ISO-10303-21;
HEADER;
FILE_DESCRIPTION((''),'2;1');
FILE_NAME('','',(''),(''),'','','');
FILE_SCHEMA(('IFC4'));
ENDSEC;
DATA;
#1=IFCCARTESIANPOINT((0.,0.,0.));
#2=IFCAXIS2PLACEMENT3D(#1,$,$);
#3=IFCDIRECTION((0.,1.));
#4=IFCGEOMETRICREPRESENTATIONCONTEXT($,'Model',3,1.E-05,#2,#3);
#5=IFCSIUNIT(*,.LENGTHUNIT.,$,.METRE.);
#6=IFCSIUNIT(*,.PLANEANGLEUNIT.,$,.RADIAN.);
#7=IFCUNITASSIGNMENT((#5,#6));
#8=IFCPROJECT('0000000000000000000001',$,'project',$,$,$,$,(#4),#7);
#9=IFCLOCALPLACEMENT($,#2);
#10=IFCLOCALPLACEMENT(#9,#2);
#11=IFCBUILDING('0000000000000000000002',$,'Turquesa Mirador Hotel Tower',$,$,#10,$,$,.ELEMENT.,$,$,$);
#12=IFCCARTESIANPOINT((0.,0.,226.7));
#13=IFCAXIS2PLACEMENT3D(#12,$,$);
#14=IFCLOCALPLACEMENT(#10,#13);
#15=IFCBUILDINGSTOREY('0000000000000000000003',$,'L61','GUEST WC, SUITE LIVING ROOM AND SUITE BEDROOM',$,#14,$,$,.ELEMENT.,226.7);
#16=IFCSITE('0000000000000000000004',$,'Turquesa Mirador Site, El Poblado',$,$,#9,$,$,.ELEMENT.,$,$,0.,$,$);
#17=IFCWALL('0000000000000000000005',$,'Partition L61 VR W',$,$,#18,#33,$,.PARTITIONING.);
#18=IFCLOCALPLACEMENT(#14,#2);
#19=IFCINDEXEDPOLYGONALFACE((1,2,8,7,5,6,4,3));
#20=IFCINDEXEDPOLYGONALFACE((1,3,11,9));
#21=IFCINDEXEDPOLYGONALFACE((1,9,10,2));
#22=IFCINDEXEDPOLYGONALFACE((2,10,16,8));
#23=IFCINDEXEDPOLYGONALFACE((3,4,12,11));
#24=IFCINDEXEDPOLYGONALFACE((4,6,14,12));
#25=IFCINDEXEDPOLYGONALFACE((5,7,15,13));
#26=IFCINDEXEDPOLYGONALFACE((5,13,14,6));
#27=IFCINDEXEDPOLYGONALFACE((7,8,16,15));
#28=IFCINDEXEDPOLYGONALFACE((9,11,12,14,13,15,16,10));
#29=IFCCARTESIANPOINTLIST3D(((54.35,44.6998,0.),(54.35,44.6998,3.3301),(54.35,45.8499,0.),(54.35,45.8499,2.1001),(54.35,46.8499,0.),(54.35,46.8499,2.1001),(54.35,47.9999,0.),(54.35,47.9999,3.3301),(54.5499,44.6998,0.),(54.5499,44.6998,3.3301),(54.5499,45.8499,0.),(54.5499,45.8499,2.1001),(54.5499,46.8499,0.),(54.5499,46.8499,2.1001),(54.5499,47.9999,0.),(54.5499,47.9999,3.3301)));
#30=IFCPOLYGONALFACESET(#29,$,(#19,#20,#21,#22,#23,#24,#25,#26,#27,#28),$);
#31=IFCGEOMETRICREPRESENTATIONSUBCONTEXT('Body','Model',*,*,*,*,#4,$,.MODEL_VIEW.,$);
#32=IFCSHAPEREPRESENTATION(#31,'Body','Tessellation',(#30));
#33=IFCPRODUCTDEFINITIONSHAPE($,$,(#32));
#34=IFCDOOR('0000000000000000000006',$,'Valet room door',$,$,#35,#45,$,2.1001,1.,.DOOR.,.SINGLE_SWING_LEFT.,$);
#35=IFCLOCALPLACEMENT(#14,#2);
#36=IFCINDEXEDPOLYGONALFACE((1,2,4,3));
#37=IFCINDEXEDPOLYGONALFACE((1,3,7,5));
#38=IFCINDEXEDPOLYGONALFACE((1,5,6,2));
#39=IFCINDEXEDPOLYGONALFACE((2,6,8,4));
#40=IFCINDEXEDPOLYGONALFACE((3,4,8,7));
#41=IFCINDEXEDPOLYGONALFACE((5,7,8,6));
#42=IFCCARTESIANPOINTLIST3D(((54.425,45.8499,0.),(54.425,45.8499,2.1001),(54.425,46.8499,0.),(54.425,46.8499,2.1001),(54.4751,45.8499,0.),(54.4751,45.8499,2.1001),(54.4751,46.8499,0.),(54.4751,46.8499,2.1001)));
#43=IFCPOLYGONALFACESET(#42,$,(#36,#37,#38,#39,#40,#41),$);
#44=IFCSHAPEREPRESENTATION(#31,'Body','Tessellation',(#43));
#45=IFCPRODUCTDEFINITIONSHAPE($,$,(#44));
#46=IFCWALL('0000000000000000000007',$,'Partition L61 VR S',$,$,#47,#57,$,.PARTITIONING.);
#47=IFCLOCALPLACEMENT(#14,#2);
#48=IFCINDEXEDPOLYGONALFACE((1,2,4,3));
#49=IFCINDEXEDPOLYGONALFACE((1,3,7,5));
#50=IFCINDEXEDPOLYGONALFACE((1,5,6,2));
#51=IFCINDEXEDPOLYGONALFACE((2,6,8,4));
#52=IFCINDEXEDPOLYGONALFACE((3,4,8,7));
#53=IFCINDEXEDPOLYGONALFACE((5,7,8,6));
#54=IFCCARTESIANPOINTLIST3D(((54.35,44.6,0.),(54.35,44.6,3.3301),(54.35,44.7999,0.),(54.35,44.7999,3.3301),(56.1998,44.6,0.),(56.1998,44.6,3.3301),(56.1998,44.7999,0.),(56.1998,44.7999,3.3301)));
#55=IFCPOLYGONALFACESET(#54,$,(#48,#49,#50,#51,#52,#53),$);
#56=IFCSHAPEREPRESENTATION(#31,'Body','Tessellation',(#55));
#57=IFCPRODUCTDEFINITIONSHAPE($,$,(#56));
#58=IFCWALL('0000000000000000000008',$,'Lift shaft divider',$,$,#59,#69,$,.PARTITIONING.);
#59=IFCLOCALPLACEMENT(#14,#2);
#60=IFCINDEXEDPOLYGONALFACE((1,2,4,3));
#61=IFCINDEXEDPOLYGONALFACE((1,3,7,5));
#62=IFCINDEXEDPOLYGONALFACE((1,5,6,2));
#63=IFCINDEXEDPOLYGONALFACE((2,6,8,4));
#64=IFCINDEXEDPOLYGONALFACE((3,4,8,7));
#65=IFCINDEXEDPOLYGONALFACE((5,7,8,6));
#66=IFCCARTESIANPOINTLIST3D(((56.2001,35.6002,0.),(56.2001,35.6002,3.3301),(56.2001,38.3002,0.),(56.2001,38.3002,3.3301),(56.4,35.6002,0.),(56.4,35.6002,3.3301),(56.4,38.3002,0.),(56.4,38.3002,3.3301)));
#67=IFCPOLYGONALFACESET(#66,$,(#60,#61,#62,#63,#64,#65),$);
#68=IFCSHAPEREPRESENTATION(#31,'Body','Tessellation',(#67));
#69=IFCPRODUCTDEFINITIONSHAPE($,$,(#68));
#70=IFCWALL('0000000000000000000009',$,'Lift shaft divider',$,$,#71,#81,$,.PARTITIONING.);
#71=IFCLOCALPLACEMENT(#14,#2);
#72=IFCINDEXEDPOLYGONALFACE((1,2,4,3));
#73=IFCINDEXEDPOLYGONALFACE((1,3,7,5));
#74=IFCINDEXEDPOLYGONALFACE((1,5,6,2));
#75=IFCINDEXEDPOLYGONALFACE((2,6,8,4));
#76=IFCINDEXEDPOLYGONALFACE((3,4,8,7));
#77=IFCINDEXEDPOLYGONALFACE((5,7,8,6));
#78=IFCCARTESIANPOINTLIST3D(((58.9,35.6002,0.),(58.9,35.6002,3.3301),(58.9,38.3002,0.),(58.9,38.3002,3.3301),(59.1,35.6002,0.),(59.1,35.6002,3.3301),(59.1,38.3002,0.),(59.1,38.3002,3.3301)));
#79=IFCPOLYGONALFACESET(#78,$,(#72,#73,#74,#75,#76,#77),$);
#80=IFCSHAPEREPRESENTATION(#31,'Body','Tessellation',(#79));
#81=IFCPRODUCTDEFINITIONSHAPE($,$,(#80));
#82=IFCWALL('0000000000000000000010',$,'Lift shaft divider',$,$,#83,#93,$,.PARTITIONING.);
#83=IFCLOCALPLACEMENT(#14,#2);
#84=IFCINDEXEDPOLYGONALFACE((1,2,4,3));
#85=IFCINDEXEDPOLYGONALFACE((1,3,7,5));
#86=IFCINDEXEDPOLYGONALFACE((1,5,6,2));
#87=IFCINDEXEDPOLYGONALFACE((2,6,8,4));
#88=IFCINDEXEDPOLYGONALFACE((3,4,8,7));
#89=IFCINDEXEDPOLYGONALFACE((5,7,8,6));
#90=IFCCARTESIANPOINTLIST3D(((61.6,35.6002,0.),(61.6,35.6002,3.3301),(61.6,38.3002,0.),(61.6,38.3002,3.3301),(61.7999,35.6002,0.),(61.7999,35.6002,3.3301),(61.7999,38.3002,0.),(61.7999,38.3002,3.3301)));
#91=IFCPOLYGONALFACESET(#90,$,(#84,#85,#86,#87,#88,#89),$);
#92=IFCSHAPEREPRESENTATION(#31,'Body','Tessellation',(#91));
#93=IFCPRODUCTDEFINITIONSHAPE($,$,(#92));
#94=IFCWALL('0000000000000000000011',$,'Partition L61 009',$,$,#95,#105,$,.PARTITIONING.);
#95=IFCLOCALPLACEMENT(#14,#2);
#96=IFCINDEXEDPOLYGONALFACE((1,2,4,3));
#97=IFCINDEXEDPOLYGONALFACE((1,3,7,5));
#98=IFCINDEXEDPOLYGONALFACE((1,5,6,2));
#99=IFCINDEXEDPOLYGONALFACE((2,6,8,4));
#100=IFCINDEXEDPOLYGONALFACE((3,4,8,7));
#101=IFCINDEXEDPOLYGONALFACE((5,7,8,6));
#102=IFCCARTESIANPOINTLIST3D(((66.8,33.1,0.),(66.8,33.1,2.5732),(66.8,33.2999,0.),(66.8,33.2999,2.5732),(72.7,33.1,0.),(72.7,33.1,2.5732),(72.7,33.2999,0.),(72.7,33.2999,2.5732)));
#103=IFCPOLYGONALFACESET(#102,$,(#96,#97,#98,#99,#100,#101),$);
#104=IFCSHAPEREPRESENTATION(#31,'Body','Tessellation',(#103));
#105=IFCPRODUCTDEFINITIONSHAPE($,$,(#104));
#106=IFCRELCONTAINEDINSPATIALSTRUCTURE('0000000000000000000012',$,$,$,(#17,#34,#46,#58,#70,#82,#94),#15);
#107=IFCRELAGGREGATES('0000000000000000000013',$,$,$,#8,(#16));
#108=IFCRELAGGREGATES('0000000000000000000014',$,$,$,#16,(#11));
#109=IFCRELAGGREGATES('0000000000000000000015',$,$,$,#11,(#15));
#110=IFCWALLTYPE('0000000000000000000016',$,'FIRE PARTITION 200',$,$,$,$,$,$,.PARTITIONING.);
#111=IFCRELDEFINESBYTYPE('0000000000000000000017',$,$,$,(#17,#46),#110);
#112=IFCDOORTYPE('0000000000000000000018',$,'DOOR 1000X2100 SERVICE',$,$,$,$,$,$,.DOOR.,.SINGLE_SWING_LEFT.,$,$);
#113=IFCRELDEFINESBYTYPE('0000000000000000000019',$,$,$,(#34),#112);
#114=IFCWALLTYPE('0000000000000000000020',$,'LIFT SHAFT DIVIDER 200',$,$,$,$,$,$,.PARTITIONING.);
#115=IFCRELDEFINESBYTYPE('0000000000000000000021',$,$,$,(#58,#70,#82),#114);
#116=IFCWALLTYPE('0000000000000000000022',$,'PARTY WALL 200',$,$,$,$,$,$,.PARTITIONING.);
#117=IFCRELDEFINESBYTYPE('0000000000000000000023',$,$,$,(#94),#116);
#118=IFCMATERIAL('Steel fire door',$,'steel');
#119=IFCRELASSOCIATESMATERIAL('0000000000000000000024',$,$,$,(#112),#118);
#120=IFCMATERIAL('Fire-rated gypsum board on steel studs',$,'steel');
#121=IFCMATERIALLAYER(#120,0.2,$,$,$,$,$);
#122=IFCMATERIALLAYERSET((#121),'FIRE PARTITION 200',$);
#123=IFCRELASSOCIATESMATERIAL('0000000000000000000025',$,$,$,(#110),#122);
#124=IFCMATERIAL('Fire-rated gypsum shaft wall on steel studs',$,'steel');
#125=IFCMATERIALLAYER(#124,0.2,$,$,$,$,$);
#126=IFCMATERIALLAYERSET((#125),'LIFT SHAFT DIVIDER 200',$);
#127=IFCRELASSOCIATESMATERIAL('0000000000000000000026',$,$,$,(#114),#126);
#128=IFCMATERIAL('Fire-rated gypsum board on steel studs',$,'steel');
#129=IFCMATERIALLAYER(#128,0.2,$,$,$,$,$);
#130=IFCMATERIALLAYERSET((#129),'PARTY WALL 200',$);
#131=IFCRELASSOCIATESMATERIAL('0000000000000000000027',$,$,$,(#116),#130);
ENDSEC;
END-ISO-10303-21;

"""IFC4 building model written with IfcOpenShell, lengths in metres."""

from ifc_helpers import new_model, si_unit, direction, frame, frame_2d, origin, place, context, subcontext, project, spatial, rectangle, extrude, material, layer, layer_set, type_object, element, fill, save


model = new_model("IFC4")

# Units and contexts
model_context = context("Model", 3, precision=1e-05, world=origin(), true_north=direction((0.0, 1.0)))
body_context = subcontext(model_context, "Body", "Model", "MODEL_VIEW")
ifc_project = project(units=[si_unit("LENGTHUNIT", "METRE"), si_unit("PLANEANGLEUNIT", "RADIAN")], contexts=[model_context])

# Site, building, storey
site_placement = place(None, origin())
site = spatial("IfcSite", under=ifc_project, at=site_placement, Name="Turquesa Mirador Site, El Poblado", CompositionType="ELEMENT", RefElevation=0.0)
building_placement = place(site_placement, origin())
building = spatial("IfcBuilding", under=site, at=building_placement, Name="Turquesa Mirador Hotel Tower", CompositionType="ELEMENT")
storey_placement = place(building_placement, frame((0.0, 0.0, 226.7)))
storey = spatial("IfcBuildingStorey", under=building, at=storey_placement, Name="L61", Description="GUEST WC, SUITE LIVING ROOM AND SUITE BEDROOM", CompositionType="ELEMENT", Elevation=226.7)

# Shared definitions
ifc_material_1 = material(Name="Steel fire door", Category="steel")
door_type_1 = type_object("IfcDoorType", Name="DOOR 1000X2100 SERVICE", OperationType="SINGLE_SWING_LEFT", PredefinedType="DOOR", material=ifc_material_1)

# Shared definitions
ifc_material_2 = material(Name="Fire-rated gypsum board on steel studs", Category="steel")
ifc_layer_1 = layer(ifc_material_2, 0.2)
ifc_layer_set_1 = layer_set([ifc_layer_1], Name="FIRE PARTITION 200")
wall_type_1 = type_object("IfcWallType", Name="FIRE PARTITION 200", PredefinedType="PARTITIONING", material=ifc_layer_set_1)

# Wall, opening, door
wall_1_placement = place(storey_placement, frame((54.45, 44.7, 0.0), z_axis=(0.0, 0.0, 1.0), x_axis=(0.0, 1.0, 0.0)))
wall_1 = element("IfcWall", 1, at=wall_1_placement, inside=storey, type_object=wall_type_1, Name="Partition L61 VR W", PredefinedType="PARTITIONING", context=body_context, shape_type="SweptSolid", body=[
    extrude(rectangle(XDim=3.3, YDim=0.2, at=frame_2d((1.6499, 0.0))), origin(), (0.0, 0.0, 1.0), 3.3301),
])
opening_1_placement = place(wall_1_placement, frame((1.1499, 0.0, 0.0)))
opening_1 = element("IfcOpeningElement", 2, at=opening_1_placement, cuts=wall_1, PredefinedType="OPENING", context=body_context, shape_type="SweptSolid", body=[
    extrude(rectangle(XDim=1.0, YDim=2.1001, at=frame_2d((0.5, 1.05))), frame((0.0, 0.1099, 0.0), z_axis=(0.0, -1.0, 0.0), x_axis=(1.0, 0.0, 0.0)), (0.0, 0.0, 1.0), 0.22),
])
door_1_placement = place(opening_1_placement, origin())
door_1 = element("IfcDoor", 3, at=door_1_placement, inside=storey, type_object=door_type_1, Name="Valet room door", OperationType="SINGLE_SWING_LEFT", OverallHeight=2.1001, OverallWidth=1.0, PredefinedType="DOOR", context=body_context, shape_type="SweptSolid", body=[
    extrude(rectangle(XDim=1.0, YDim=2.1001, at=frame_2d((0.5, 1.05))), frame((0.0, 0.0249, 0.0), z_axis=(0.0, -1.0, 0.0), x_axis=(1.0, 0.0, 0.0)), (0.0, 0.0, 1.0), 0.05),
])
fill(opening_1, door_1)

# Walls
wall_2_placement = place(storey_placement, frame((54.3501, 44.7, 0.0), z_axis=(0.0, 0.0, 1.0), x_axis=(1.0, 0.0, 0.0)))
element("IfcWall", 4, at=wall_2_placement, inside=storey, type_object=wall_type_1, Name="Partition L61 VR S", PredefinedType="PARTITIONING", context=body_context, shape_type="SweptSolid", body=[
    extrude(rectangle(XDim=1.8499, YDim=0.2, at=frame_2d((0.9248, 0.0))), origin(), (0.0, 0.0, 1.0), 3.3301),
])
ifc_material_3 = material(Name="Fire-rated gypsum shaft wall on steel studs", Category="steel")
ifc_layer_2 = layer(ifc_material_3, 0.2)
ifc_layer_set_2 = layer_set([ifc_layer_2], Name="LIFT SHAFT DIVIDER 200")
wall_type_2 = type_object("IfcWallType", Name="LIFT SHAFT DIVIDER 200", PredefinedType="PARTITIONING", material=ifc_layer_set_2)
for number, where, z_axis, x_axis, name in (
    (5, (56.3, 35.6001, 0.0), (0.0, 0.0, 1.0), (0.0, 1.0, 0.0), "Lift shaft divider"),
    (6, (59.0, 35.6001, 0.0), (0.0, 0.0, 1.0), (0.0, 1.0, 0.0), "Lift shaft divider"),
    (7, (61.7, 35.6001, 0.0), (0.0, 0.0, 1.0), (0.0, 1.0, 0.0), "Lift shaft divider"),
):
    element("IfcWall", number, at=place(storey_placement, frame(where, z_axis=z_axis, x_axis=x_axis)), inside=storey, type_object=wall_type_2, Name=name, PredefinedType="PARTITIONING", context=body_context, shape_type="SweptSolid", body=[
        extrude(rectangle(XDim=2.7, YDim=0.2, at=frame_2d((1.3501, 0.0))), origin(), (0.0, 0.0, 1.0), 3.3301),
    ])
ifc_material_4 = material(Name="Fire-rated gypsum board on steel studs", Category="steel")
ifc_layer_3 = layer(ifc_material_4, 0.2)
ifc_layer_set_3 = layer_set([ifc_layer_3], Name="PARTY WALL 200")
wall_type_3 = type_object("IfcWallType", Name="PARTY WALL 200", PredefinedType="PARTITIONING", material=ifc_layer_set_3)
wall_3_placement = place(storey_placement, frame((66.8, 33.2, 0.0), z_axis=(0.0, 0.0, 1.0), x_axis=(1.0, 0.0, 0.0)))
element("IfcWall", 8, at=wall_3_placement, inside=storey, type_object=wall_type_3, Name="Partition L61 009", PredefinedType="PARTITIONING", context=body_context, shape_type="SweptSolid", body=[
    extrude(rectangle(XDim=5.8999, YDim=0.2, at=frame_2d((2.95, 0.0))), origin(), (0.0, 0.0, 1.0), 2.5732),
])

save(model, "model.ifc")
